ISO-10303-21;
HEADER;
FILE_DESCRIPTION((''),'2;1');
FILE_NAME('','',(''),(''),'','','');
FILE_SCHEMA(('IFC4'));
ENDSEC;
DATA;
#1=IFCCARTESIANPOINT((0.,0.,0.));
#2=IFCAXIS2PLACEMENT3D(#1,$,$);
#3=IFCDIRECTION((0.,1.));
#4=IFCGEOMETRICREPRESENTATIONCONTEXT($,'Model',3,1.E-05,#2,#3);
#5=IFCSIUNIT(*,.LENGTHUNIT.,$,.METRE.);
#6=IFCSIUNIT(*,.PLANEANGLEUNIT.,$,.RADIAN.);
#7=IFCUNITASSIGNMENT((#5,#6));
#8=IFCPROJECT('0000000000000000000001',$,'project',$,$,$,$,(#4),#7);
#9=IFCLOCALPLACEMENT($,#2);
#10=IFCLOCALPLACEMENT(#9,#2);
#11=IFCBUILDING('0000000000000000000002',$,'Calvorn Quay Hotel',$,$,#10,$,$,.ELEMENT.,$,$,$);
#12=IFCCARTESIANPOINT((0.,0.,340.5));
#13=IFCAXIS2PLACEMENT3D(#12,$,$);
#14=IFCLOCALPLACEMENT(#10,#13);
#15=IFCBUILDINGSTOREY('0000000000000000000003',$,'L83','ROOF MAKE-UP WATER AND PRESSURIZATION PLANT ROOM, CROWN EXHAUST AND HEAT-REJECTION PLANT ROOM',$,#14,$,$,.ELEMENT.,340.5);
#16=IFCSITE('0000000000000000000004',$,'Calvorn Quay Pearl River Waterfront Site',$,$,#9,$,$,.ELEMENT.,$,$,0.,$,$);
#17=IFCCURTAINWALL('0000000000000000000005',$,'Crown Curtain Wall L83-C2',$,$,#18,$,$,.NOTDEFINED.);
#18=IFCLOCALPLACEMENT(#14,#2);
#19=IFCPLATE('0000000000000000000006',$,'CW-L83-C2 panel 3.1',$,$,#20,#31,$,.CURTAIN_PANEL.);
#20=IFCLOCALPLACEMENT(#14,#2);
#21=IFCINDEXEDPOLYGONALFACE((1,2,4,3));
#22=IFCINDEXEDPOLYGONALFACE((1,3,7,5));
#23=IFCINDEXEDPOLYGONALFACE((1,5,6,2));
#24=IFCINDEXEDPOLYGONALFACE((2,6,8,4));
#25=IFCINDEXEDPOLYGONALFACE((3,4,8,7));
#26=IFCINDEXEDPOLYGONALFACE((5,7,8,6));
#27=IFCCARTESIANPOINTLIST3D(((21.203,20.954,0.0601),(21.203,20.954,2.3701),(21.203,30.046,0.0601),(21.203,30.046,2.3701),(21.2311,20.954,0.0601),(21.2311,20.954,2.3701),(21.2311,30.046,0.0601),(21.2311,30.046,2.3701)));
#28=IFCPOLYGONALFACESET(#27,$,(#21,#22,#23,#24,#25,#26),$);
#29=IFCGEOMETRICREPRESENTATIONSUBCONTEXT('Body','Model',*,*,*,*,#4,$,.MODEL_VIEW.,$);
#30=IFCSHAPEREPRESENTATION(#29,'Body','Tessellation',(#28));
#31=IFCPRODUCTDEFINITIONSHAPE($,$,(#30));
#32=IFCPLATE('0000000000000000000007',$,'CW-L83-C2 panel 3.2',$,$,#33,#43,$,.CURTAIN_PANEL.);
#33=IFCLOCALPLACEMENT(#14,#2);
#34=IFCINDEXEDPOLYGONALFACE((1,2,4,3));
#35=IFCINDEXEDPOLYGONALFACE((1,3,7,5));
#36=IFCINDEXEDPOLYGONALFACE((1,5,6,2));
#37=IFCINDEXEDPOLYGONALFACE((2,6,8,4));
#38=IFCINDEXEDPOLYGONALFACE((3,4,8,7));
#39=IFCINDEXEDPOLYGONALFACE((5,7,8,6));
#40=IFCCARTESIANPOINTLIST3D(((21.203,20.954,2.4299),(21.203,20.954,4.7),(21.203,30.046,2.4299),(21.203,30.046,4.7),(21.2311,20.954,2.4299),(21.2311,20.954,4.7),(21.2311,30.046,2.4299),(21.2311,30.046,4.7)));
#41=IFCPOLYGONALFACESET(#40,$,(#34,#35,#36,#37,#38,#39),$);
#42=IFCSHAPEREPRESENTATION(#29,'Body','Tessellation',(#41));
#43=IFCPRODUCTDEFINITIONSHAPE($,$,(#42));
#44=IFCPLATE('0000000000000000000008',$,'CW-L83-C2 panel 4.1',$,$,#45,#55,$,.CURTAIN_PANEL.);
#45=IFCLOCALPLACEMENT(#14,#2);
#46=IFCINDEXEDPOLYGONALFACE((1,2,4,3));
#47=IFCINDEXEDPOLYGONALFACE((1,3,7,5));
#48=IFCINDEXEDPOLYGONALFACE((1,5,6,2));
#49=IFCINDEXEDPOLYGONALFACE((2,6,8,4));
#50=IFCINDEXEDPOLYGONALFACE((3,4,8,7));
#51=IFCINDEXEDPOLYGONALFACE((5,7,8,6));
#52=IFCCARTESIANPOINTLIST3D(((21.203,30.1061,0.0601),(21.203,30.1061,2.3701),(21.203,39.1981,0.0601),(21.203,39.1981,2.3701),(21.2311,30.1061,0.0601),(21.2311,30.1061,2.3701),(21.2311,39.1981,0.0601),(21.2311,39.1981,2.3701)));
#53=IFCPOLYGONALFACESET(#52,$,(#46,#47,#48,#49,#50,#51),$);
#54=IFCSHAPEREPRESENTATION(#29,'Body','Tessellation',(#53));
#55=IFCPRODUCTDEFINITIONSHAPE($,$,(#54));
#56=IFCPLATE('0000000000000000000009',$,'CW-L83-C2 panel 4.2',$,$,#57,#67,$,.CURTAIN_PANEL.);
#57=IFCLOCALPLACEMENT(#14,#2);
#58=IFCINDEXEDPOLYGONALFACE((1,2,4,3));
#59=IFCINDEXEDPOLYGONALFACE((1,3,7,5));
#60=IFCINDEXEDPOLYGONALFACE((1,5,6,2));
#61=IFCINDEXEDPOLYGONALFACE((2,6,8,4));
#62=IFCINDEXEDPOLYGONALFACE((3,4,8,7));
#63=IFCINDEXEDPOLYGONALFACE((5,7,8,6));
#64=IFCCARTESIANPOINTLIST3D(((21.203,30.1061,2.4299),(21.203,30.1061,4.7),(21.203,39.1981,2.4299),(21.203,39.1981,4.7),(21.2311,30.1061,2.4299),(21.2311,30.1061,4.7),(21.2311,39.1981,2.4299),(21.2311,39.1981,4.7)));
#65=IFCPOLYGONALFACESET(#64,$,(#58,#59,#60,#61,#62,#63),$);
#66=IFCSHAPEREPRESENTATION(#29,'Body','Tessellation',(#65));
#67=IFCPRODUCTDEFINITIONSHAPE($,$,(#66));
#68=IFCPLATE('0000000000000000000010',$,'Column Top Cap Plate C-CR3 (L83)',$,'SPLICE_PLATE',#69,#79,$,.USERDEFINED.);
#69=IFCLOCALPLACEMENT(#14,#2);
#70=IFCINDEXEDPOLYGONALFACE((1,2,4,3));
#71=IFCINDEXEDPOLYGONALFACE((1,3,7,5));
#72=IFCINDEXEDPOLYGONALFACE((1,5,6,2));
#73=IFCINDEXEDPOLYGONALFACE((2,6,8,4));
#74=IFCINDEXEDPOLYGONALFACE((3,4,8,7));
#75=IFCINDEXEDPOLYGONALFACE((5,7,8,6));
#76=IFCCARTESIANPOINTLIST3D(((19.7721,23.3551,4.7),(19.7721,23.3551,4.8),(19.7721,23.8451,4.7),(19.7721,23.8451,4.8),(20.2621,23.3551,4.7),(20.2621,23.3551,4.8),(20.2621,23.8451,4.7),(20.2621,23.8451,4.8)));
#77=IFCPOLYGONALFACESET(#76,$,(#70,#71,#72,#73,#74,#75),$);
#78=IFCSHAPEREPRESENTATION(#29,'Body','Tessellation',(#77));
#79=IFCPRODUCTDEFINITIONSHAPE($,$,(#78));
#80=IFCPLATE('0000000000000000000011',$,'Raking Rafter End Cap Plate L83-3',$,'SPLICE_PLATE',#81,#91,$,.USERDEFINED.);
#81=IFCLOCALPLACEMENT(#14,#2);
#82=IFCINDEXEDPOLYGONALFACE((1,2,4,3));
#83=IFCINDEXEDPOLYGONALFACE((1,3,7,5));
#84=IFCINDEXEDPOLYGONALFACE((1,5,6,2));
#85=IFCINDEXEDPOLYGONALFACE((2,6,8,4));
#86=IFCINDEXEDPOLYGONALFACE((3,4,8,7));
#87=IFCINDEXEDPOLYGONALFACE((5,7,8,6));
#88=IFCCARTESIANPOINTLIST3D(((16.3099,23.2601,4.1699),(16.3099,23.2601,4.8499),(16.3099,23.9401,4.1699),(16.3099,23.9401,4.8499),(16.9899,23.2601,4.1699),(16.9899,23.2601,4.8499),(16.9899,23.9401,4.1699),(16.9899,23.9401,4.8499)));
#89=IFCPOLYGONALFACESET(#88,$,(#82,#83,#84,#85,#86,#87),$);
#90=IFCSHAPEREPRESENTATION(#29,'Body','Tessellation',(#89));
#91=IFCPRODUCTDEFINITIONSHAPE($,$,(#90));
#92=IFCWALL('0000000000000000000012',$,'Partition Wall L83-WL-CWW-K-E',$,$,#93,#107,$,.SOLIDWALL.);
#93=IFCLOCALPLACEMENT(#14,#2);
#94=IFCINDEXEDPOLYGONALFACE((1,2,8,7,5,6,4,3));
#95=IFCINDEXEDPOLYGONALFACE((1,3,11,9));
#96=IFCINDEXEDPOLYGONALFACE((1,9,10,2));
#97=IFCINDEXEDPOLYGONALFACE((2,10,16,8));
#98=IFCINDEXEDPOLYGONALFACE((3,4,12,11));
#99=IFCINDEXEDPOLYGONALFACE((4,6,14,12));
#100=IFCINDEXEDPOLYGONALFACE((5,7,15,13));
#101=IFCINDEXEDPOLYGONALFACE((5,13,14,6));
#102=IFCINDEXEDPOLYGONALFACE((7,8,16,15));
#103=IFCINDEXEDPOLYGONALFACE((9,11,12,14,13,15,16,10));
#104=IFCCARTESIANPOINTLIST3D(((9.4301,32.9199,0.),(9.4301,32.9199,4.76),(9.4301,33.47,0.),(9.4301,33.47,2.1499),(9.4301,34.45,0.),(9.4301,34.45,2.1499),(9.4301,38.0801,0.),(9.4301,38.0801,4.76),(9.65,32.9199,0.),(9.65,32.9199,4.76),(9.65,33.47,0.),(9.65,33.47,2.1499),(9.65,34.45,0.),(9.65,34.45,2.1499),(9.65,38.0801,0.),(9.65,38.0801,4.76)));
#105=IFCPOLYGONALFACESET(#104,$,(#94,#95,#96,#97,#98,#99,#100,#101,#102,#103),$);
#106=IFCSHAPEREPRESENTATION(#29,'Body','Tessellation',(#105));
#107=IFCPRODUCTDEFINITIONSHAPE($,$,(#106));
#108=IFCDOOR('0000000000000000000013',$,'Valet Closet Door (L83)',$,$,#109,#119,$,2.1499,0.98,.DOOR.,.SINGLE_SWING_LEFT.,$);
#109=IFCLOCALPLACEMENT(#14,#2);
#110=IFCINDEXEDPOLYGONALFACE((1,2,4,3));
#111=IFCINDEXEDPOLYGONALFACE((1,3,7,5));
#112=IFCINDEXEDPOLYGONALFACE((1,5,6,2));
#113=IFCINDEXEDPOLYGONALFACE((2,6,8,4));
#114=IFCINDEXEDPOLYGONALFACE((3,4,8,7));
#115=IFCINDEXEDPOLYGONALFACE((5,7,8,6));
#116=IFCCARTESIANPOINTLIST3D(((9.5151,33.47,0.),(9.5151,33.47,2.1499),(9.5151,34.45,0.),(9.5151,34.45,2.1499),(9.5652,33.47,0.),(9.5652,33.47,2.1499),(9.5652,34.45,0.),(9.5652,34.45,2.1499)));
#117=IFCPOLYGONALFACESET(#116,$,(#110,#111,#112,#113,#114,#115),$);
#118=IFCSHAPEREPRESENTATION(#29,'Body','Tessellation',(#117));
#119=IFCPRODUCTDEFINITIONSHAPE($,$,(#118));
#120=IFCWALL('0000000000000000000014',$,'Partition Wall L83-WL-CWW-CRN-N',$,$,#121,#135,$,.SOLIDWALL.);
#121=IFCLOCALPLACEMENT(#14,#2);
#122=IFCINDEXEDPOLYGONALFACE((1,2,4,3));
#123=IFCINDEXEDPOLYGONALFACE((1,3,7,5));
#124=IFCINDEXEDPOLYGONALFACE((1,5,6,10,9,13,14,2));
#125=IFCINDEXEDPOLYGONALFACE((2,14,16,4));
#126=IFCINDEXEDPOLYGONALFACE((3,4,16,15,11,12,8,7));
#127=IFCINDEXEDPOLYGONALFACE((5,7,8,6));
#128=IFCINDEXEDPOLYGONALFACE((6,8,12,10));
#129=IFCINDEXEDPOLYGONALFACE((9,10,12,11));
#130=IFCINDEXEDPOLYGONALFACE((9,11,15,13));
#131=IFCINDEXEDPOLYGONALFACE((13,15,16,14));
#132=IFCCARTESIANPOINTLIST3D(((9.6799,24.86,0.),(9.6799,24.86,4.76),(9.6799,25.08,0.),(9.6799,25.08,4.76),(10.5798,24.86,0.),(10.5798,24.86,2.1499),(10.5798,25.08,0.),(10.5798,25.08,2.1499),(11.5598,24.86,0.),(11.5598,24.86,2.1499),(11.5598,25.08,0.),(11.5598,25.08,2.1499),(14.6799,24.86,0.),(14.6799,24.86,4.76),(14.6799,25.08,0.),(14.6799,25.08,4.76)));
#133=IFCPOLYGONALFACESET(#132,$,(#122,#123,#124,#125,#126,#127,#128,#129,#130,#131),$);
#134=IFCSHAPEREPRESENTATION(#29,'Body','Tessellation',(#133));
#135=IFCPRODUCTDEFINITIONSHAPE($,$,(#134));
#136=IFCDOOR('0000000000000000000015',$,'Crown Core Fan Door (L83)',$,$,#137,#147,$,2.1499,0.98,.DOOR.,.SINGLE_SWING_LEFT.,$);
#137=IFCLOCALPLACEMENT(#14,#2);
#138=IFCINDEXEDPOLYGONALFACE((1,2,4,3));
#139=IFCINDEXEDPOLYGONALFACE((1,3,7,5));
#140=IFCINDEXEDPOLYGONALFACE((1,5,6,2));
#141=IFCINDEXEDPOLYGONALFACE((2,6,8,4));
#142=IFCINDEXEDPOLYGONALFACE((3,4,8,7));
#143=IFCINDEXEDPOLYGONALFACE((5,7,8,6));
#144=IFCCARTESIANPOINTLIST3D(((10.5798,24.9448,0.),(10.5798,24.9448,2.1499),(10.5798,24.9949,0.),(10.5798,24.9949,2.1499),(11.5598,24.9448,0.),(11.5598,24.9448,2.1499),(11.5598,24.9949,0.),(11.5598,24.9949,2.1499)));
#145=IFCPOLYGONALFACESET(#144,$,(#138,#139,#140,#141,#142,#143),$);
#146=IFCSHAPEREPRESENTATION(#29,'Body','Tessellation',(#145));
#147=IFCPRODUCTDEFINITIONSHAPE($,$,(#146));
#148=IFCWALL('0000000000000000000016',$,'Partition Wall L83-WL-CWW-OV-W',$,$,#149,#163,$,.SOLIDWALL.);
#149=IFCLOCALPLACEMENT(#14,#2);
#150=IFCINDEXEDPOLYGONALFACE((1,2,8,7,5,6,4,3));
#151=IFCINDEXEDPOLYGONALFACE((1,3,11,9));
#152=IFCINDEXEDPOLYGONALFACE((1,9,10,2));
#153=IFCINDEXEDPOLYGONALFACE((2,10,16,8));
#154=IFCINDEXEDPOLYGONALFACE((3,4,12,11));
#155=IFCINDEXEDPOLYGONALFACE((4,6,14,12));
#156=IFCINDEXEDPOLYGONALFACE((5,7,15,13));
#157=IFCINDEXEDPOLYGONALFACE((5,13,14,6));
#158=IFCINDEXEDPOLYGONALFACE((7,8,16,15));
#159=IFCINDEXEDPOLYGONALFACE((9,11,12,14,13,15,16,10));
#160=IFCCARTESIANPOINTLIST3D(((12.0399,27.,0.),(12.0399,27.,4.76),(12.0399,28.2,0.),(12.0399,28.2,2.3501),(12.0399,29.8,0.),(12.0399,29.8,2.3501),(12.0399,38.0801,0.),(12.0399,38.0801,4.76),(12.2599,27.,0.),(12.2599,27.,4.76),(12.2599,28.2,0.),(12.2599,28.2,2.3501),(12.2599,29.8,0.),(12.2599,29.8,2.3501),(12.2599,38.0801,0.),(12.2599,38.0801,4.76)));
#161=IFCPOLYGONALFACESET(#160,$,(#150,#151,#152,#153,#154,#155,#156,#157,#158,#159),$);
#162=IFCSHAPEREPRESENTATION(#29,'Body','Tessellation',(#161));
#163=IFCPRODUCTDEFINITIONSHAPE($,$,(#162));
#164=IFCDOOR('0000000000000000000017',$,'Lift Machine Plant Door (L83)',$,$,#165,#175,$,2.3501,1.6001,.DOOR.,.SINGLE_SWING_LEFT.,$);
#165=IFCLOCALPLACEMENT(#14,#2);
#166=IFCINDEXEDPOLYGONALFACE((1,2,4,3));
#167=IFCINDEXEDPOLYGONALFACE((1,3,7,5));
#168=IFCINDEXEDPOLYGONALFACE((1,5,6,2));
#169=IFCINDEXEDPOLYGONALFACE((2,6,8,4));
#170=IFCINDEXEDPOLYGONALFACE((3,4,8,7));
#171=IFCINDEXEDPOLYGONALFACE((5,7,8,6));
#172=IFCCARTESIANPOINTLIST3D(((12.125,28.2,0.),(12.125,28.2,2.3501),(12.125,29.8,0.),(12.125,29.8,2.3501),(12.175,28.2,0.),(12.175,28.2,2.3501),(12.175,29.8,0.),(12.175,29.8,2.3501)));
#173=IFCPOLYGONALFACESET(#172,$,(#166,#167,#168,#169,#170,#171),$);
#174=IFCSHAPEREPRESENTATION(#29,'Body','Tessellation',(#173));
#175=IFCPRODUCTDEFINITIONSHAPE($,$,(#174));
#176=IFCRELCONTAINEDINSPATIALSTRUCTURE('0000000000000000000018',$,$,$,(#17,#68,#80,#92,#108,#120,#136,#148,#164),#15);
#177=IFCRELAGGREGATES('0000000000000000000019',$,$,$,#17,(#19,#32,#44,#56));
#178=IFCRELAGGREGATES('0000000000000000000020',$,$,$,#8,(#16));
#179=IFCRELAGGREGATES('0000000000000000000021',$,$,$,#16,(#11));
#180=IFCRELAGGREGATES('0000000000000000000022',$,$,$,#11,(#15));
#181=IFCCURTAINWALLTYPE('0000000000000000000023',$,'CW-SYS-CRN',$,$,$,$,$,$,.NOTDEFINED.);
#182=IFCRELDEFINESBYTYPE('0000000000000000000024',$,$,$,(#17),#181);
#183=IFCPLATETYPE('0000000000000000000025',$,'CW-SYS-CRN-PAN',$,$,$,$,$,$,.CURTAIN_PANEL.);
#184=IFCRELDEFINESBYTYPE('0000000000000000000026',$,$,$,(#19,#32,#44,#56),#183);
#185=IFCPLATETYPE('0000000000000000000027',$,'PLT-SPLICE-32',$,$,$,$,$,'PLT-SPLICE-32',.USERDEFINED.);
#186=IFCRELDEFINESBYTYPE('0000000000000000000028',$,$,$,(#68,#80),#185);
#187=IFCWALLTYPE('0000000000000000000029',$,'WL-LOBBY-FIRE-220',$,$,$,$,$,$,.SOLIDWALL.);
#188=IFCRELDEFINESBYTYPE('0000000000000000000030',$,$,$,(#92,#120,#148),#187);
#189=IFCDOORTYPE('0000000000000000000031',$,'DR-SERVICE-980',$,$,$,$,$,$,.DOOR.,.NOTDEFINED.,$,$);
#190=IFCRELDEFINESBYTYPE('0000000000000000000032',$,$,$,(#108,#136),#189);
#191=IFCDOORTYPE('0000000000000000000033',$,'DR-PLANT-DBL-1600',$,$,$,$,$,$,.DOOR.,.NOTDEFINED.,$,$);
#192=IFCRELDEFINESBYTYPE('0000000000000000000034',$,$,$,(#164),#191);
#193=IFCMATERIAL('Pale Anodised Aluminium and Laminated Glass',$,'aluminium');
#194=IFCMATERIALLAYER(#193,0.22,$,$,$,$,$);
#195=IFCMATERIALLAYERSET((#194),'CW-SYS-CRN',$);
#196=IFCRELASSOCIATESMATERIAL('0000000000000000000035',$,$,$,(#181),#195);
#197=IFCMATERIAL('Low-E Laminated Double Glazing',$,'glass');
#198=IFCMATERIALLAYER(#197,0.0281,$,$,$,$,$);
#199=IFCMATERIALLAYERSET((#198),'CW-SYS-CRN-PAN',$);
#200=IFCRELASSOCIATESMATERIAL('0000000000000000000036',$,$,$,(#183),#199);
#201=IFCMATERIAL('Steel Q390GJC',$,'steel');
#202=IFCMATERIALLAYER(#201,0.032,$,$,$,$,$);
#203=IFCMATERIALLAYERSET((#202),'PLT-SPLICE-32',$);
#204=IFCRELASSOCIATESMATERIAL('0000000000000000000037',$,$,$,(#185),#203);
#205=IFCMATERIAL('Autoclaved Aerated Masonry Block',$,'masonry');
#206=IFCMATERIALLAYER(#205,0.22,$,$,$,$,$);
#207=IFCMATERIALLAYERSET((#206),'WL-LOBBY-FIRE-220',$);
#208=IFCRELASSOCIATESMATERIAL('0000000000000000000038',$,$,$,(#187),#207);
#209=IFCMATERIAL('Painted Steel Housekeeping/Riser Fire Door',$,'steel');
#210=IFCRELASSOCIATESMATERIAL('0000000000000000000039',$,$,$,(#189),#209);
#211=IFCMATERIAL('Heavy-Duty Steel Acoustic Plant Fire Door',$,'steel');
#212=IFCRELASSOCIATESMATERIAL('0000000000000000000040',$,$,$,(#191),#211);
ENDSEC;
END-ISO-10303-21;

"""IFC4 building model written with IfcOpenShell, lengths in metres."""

from ifc_helpers import new_model, si_unit, direction, frame, frame_2d, origin, origin_2d, place, context, subcontext, project, spatial, rectangle, extrude, material, layer, layer_set, type_object, element, fill, aggregate, save


model = new_model("IFC4")

# Units and contexts
model_context = context("Model", 3, precision=1e-05, world=origin(), true_north=direction((0.0, 1.0)))
body_context = subcontext(model_context, "Body", "Model", "MODEL_VIEW")
ifc_project = project(units=[si_unit("LENGTHUNIT", "METRE"), si_unit("PLANEANGLEUNIT", "RADIAN")], contexts=[model_context])

# Site, building, storey
site_placement = place(None, origin())
site = spatial("IfcSite", under=ifc_project, at=site_placement, Name="Calvorn Quay Pearl River Waterfront Site", CompositionType="ELEMENT", RefElevation=0.0)
building_placement = place(site_placement, origin())
building = spatial("IfcBuilding", under=site, at=building_placement, Name="Calvorn Quay Hotel", CompositionType="ELEMENT")
storey_placement = place(building_placement, frame((0.0, 0.0, 340.5)))
storey = spatial("IfcBuildingStorey", under=building, at=storey_placement, Name="L83", Description="ROOF MAKE-UP WATER AND PRESSURIZATION PLANT ROOM, CROWN EXHAUST AND HEAT-REJECTION PLANT ROOM", CompositionType="ELEMENT", Elevation=340.5)

# Curtain wall, plates
ifc_material_1 = material(Name="Pale Anodised Aluminium and Laminated Glass", Category="aluminium")
ifc_layer_1 = layer(ifc_material_1, 0.22)
ifc_layer_set_1 = layer_set([ifc_layer_1], Name="CW-SYS-CRN")
curtain_wall_type = type_object("IfcCurtainWallType", Name="CW-SYS-CRN", PredefinedType="NOTDEFINED", material=ifc_layer_set_1)
curtain_wall_placement = place(storey_placement, origin())
curtain_wall = element("IfcCurtainWall", 1, at=curtain_wall_placement, inside=storey, type_object=curtain_wall_type, Name="Crown Curtain Wall L83-C2", PredefinedType="NOTDEFINED")
ifc_material_2 = material(Name="Low-E Laminated Double Glazing", Category="glass")
ifc_layer_2 = layer(ifc_material_2, 0.0281)
ifc_layer_set_2 = layer_set([ifc_layer_2], Name="CW-SYS-CRN-PAN")
plate_type_1 = type_object("IfcPlateType", Name="CW-SYS-CRN-PAN", PredefinedType="CURTAIN_PANEL", material=ifc_layer_set_2)
plate_1_placement = place(storey_placement, frame((21.217, 25.5, 0.0601), z_axis=(0.0, 0.0, 1.0), x_axis=(0.0, 1.0, 0.0)))
plate_1 = element("IfcPlate", 2, at=plate_1_placement, type_object=plate_type_1, Name="CW-L83-C2 panel 3.1", PredefinedType="CURTAIN_PANEL", context=body_context, shape_type="SweptSolid", body=[
    extrude(rectangle(XDim=9.092, YDim=0.0281, at=origin_2d()), origin(), (0.0, 0.0, 1.0), 2.3101),
])
plate_2_placement = place(storey_placement, frame((21.217, 25.5, 2.4299), z_axis=(0.0, 0.0, 1.0), x_axis=(0.0, 1.0, 0.0)))
plate_2 = element("IfcPlate", 3, at=plate_2_placement, type_object=plate_type_1, Name="CW-L83-C2 panel 3.2", PredefinedType="CURTAIN_PANEL", context=body_context, shape_type="SweptSolid", body=[
    extrude(rectangle(XDim=9.092, YDim=0.0281, at=origin_2d()), origin(), (0.0, 0.0, 1.0), 2.27),
])
plate_3_placement = place(storey_placement, frame((21.217, 34.6521, 0.0601), z_axis=(0.0, 0.0, 1.0), x_axis=(0.0, 1.0, 0.0)))
plate_3 = element("IfcPlate", 4, at=plate_3_placement, type_object=plate_type_1, Name="CW-L83-C2 panel 4.1", PredefinedType="CURTAIN_PANEL", context=body_context, shape_type="SweptSolid", body=[
    extrude(rectangle(XDim=9.092, YDim=0.0281, at=origin_2d()), origin(), (0.0, 0.0, 1.0), 2.3101),
])
plate_4_placement = place(storey_placement, frame((21.217, 34.6521, 2.4299), z_axis=(0.0, 0.0, 1.0), x_axis=(0.0, 1.0, 0.0)))
plate_4 = element("IfcPlate", 5, at=plate_4_placement, type_object=plate_type_1, Name="CW-L83-C2 panel 4.2", PredefinedType="CURTAIN_PANEL", context=body_context, shape_type="SweptSolid", body=[
    extrude(rectangle(XDim=9.092, YDim=0.0281, at=origin_2d()), origin(), (0.0, 0.0, 1.0), 2.27),
])
aggregate(curtain_wall, [plate_1, plate_2, plate_3, plate_4])

# Plates
ifc_material_3 = material(Name="Steel Q390GJC", Category="steel")
ifc_layer_3 = layer(ifc_material_3, 0.032)
ifc_layer_set_3 = layer_set([ifc_layer_3], Name="PLT-SPLICE-32")
plate_type_2 = type_object("IfcPlateType", Name="PLT-SPLICE-32", ElementType="PLT-SPLICE-32", PredefinedType="USERDEFINED", material=ifc_layer_set_3)
plate_5_placement = place(storey_placement, frame((20.0171, 23.6001, 4.7), z_axis=(0.0, 0.0, 1.0), x_axis=(1.0, 0.0, 0.0)))
element("IfcPlate", 6, at=plate_5_placement, inside=storey, type_object=plate_type_2, Name="Column Top Cap Plate C-CR3 (L83)", ObjectType="SPLICE_PLATE", PredefinedType="USERDEFINED", context=body_context, shape_type="SweptSolid", body=[
    extrude(rectangle(XDim=0.49, YDim=0.49, at=origin_2d()), origin(), (0.0, 0.0, 1.0), 0.1001),
])
plate_6_placement = place(storey_placement, frame((16.6499, 23.6001, 4.1699), z_axis=(0.0, 0.0, 1.0), x_axis=(1.0, 0.0, 0.0)))
element("IfcPlate", 7, at=plate_6_placement, inside=storey, type_object=plate_type_2, Name="Raking Rafter End Cap Plate L83-3", ObjectType="SPLICE_PLATE", PredefinedType="USERDEFINED", context=body_context, shape_type="SweptSolid", body=[
    extrude(rectangle(XDim=0.6799, YDim=0.6799, at=origin_2d()), origin(), (0.0, 0.0, 1.0), 0.6799),
])

# Walls, openings, doors
ifc_material_4 = material(Name="Autoclaved Aerated Masonry Block", Category="masonry")
ifc_layer_4 = layer(ifc_material_4, 0.22)
ifc_layer_set_4 = layer_set([ifc_layer_4], Name="WL-LOBBY-FIRE-220")
wall_type_1 = type_object("IfcWallType", Name="WL-LOBBY-FIRE-220", PredefinedType="SOLIDWALL", material=ifc_layer_set_4)
wall_1_placement = place(storey_placement, frame((9.54, 32.9199, 0.0), z_axis=(0.0, 0.0, 1.0), x_axis=(0.0, 1.0, 0.0)))
wall_1 = element("IfcWall", 8, at=wall_1_placement, inside=storey, type_object=wall_type_1, Name="Partition Wall L83-WL-CWW-K-E", PredefinedType="SOLIDWALL", context=body_context, shape_type="SweptSolid", body=[
    extrude(rectangle(XDim=5.1602, YDim=0.22, at=frame_2d((2.5801, 0.0))), origin(), (0.0, 0.0, 1.0), 4.76),
])
opening_1_placement = place(wall_1_placement, frame((0.55, 0.0, 0.0)))
opening_1 = element("IfcOpeningElement", 9, at=opening_1_placement, cuts=wall_1, PredefinedType="OPENING", context=body_context, shape_type="SweptSolid", body=[
    extrude(rectangle(XDim=0.98, YDim=2.1499, at=frame_2d((0.49, 1.075))), frame((0.0, 0.1199, 0.0), z_axis=(0.0, -1.0, 0.0), x_axis=(1.0, 0.0, 0.0)), (0.0, 0.0, 1.0), 0.24),
])
ifc_material_5 = material(Name="Painted Steel Housekeeping/Riser Fire Door", Category="steel")
door_type_1 = type_object("IfcDoorType", Name="DR-SERVICE-980", OperationType="NOTDEFINED", PredefinedType="DOOR", material=ifc_material_5)
door_1_placement = place(opening_1_placement, origin())
door_1 = element("IfcDoor", 10, at=door_1_placement, inside=storey, type_object=door_type_1, Name="Valet Closet Door (L83)", OperationType="SINGLE_SWING_LEFT", OverallHeight=2.1499, OverallWidth=0.98, PredefinedType="DOOR", context=body_context, shape_type="SweptSolid", body=[
    extrude(rectangle(XDim=0.98, YDim=2.1499, at=frame_2d((0.49, 1.075))), frame((0.0, 0.0249, 0.0), z_axis=(0.0, -1.0, 0.0), x_axis=(1.0, 0.0, 0.0)), (0.0, 0.0, 1.0), 0.05),
])
fill(opening_1, door_1)
wall_2_placement = place(storey_placement, frame((9.6799, 24.97, 0.0), z_axis=(0.0, 0.0, 1.0), x_axis=(1.0, 0.0, 0.0)))
wall_2 = element("IfcWall", 11, at=wall_2_placement, inside=storey, type_object=wall_type_1, Name="Partition Wall L83-WL-CWW-CRN-N", PredefinedType="SOLIDWALL", context=body_context, shape_type="SweptSolid", body=[
    extrude(rectangle(XDim=5.0, YDim=0.22, at=frame_2d((2.5, 0.0))), origin(), (0.0, 0.0, 1.0), 4.76),
])
opening_2_placement = place(wall_2_placement, frame((0.8999, 0.0, 0.0)))
opening_2 = element("IfcOpeningElement", 12, at=opening_2_placement, cuts=wall_2, PredefinedType="OPENING", context=body_context, shape_type="SweptSolid", body=[
    extrude(rectangle(XDim=0.98, YDim=2.1499, at=frame_2d((0.49, 1.075))), frame((0.0, 0.1199, 0.0), z_axis=(0.0, -1.0, 0.0), x_axis=(1.0, 0.0, 0.0)), (0.0, 0.0, 1.0), 0.24),
])
door_2_placement = place(opening_2_placement, origin())
door_2 = element("IfcDoor", 13, at=door_2_placement, inside=storey, type_object=door_type_1, Name="Crown Core Fan Door (L83)", OperationType="SINGLE_SWING_LEFT", OverallHeight=2.1499, OverallWidth=0.98, PredefinedType="DOOR", context=body_context, shape_type="SweptSolid", body=[
    extrude(rectangle(XDim=0.98, YDim=2.1499, at=frame_2d((0.49, 1.075))), frame((0.0, 0.0249, 0.0), z_axis=(0.0, -1.0, 0.0), x_axis=(1.0, 0.0, 0.0)), (0.0, 0.0, 1.0), 0.05),
])
fill(opening_2, door_2)
wall_3_placement = place(storey_placement, frame((12.1499, 27.0, 0.0), z_axis=(0.0, 0.0, 1.0), x_axis=(0.0, 1.0, 0.0)))
wall_3 = element("IfcWall", 14, at=wall_3_placement, inside=storey, type_object=wall_type_1, Name="Partition Wall L83-WL-CWW-OV-W", PredefinedType="SOLIDWALL", context=body_context, shape_type="SweptSolid", body=[
    extrude(rectangle(XDim=11.0801, YDim=0.22, at=frame_2d((5.54, 0.0))), origin(), (0.0, 0.0, 1.0), 4.76),
])
opening_3_placement = place(wall_3_placement, frame((1.2, 0.0, 0.0)))
opening_3 = element("IfcOpeningElement", 15, at=opening_3_placement, cuts=wall_3, PredefinedType="OPENING", context=body_context, shape_type="SweptSolid", body=[
    extrude(rectangle(XDim=1.6001, YDim=2.3501, at=frame_2d((0.8, 1.175))), frame((0.0, 0.1199, 0.0), z_axis=(0.0, -1.0, 0.0), x_axis=(1.0, 0.0, 0.0)), (0.0, 0.0, 1.0), 0.24),
])
ifc_material_6 = material(Name="Heavy-Duty Steel Acoustic Plant Fire Door", Category="steel")
door_type_2 = type_object("IfcDoorType", Name="DR-PLANT-DBL-1600", OperationType="NOTDEFINED", PredefinedType="DOOR", material=ifc_material_6)
door_3_placement = place(opening_3_placement, origin())
door_3 = element("IfcDoor", 16, at=door_3_placement, inside=storey, type_object=door_type_2, Name="Lift Machine Plant Door (L83)", OperationType="SINGLE_SWING_LEFT", OverallHeight=2.3501, OverallWidth=1.6001, PredefinedType="DOOR", context=body_context, shape_type="SweptSolid", body=[
    extrude(rectangle(XDim=1.6001, YDim=2.3501, at=frame_2d((0.8, 1.175))), frame((0.0, 0.0249, 0.0), z_axis=(0.0, -1.0, 0.0), x_axis=(1.0, 0.0, 0.0)), (0.0, 0.0, 1.0), 0.05),
])
fill(opening_3, door_3)

save(model, "model.ifc")
